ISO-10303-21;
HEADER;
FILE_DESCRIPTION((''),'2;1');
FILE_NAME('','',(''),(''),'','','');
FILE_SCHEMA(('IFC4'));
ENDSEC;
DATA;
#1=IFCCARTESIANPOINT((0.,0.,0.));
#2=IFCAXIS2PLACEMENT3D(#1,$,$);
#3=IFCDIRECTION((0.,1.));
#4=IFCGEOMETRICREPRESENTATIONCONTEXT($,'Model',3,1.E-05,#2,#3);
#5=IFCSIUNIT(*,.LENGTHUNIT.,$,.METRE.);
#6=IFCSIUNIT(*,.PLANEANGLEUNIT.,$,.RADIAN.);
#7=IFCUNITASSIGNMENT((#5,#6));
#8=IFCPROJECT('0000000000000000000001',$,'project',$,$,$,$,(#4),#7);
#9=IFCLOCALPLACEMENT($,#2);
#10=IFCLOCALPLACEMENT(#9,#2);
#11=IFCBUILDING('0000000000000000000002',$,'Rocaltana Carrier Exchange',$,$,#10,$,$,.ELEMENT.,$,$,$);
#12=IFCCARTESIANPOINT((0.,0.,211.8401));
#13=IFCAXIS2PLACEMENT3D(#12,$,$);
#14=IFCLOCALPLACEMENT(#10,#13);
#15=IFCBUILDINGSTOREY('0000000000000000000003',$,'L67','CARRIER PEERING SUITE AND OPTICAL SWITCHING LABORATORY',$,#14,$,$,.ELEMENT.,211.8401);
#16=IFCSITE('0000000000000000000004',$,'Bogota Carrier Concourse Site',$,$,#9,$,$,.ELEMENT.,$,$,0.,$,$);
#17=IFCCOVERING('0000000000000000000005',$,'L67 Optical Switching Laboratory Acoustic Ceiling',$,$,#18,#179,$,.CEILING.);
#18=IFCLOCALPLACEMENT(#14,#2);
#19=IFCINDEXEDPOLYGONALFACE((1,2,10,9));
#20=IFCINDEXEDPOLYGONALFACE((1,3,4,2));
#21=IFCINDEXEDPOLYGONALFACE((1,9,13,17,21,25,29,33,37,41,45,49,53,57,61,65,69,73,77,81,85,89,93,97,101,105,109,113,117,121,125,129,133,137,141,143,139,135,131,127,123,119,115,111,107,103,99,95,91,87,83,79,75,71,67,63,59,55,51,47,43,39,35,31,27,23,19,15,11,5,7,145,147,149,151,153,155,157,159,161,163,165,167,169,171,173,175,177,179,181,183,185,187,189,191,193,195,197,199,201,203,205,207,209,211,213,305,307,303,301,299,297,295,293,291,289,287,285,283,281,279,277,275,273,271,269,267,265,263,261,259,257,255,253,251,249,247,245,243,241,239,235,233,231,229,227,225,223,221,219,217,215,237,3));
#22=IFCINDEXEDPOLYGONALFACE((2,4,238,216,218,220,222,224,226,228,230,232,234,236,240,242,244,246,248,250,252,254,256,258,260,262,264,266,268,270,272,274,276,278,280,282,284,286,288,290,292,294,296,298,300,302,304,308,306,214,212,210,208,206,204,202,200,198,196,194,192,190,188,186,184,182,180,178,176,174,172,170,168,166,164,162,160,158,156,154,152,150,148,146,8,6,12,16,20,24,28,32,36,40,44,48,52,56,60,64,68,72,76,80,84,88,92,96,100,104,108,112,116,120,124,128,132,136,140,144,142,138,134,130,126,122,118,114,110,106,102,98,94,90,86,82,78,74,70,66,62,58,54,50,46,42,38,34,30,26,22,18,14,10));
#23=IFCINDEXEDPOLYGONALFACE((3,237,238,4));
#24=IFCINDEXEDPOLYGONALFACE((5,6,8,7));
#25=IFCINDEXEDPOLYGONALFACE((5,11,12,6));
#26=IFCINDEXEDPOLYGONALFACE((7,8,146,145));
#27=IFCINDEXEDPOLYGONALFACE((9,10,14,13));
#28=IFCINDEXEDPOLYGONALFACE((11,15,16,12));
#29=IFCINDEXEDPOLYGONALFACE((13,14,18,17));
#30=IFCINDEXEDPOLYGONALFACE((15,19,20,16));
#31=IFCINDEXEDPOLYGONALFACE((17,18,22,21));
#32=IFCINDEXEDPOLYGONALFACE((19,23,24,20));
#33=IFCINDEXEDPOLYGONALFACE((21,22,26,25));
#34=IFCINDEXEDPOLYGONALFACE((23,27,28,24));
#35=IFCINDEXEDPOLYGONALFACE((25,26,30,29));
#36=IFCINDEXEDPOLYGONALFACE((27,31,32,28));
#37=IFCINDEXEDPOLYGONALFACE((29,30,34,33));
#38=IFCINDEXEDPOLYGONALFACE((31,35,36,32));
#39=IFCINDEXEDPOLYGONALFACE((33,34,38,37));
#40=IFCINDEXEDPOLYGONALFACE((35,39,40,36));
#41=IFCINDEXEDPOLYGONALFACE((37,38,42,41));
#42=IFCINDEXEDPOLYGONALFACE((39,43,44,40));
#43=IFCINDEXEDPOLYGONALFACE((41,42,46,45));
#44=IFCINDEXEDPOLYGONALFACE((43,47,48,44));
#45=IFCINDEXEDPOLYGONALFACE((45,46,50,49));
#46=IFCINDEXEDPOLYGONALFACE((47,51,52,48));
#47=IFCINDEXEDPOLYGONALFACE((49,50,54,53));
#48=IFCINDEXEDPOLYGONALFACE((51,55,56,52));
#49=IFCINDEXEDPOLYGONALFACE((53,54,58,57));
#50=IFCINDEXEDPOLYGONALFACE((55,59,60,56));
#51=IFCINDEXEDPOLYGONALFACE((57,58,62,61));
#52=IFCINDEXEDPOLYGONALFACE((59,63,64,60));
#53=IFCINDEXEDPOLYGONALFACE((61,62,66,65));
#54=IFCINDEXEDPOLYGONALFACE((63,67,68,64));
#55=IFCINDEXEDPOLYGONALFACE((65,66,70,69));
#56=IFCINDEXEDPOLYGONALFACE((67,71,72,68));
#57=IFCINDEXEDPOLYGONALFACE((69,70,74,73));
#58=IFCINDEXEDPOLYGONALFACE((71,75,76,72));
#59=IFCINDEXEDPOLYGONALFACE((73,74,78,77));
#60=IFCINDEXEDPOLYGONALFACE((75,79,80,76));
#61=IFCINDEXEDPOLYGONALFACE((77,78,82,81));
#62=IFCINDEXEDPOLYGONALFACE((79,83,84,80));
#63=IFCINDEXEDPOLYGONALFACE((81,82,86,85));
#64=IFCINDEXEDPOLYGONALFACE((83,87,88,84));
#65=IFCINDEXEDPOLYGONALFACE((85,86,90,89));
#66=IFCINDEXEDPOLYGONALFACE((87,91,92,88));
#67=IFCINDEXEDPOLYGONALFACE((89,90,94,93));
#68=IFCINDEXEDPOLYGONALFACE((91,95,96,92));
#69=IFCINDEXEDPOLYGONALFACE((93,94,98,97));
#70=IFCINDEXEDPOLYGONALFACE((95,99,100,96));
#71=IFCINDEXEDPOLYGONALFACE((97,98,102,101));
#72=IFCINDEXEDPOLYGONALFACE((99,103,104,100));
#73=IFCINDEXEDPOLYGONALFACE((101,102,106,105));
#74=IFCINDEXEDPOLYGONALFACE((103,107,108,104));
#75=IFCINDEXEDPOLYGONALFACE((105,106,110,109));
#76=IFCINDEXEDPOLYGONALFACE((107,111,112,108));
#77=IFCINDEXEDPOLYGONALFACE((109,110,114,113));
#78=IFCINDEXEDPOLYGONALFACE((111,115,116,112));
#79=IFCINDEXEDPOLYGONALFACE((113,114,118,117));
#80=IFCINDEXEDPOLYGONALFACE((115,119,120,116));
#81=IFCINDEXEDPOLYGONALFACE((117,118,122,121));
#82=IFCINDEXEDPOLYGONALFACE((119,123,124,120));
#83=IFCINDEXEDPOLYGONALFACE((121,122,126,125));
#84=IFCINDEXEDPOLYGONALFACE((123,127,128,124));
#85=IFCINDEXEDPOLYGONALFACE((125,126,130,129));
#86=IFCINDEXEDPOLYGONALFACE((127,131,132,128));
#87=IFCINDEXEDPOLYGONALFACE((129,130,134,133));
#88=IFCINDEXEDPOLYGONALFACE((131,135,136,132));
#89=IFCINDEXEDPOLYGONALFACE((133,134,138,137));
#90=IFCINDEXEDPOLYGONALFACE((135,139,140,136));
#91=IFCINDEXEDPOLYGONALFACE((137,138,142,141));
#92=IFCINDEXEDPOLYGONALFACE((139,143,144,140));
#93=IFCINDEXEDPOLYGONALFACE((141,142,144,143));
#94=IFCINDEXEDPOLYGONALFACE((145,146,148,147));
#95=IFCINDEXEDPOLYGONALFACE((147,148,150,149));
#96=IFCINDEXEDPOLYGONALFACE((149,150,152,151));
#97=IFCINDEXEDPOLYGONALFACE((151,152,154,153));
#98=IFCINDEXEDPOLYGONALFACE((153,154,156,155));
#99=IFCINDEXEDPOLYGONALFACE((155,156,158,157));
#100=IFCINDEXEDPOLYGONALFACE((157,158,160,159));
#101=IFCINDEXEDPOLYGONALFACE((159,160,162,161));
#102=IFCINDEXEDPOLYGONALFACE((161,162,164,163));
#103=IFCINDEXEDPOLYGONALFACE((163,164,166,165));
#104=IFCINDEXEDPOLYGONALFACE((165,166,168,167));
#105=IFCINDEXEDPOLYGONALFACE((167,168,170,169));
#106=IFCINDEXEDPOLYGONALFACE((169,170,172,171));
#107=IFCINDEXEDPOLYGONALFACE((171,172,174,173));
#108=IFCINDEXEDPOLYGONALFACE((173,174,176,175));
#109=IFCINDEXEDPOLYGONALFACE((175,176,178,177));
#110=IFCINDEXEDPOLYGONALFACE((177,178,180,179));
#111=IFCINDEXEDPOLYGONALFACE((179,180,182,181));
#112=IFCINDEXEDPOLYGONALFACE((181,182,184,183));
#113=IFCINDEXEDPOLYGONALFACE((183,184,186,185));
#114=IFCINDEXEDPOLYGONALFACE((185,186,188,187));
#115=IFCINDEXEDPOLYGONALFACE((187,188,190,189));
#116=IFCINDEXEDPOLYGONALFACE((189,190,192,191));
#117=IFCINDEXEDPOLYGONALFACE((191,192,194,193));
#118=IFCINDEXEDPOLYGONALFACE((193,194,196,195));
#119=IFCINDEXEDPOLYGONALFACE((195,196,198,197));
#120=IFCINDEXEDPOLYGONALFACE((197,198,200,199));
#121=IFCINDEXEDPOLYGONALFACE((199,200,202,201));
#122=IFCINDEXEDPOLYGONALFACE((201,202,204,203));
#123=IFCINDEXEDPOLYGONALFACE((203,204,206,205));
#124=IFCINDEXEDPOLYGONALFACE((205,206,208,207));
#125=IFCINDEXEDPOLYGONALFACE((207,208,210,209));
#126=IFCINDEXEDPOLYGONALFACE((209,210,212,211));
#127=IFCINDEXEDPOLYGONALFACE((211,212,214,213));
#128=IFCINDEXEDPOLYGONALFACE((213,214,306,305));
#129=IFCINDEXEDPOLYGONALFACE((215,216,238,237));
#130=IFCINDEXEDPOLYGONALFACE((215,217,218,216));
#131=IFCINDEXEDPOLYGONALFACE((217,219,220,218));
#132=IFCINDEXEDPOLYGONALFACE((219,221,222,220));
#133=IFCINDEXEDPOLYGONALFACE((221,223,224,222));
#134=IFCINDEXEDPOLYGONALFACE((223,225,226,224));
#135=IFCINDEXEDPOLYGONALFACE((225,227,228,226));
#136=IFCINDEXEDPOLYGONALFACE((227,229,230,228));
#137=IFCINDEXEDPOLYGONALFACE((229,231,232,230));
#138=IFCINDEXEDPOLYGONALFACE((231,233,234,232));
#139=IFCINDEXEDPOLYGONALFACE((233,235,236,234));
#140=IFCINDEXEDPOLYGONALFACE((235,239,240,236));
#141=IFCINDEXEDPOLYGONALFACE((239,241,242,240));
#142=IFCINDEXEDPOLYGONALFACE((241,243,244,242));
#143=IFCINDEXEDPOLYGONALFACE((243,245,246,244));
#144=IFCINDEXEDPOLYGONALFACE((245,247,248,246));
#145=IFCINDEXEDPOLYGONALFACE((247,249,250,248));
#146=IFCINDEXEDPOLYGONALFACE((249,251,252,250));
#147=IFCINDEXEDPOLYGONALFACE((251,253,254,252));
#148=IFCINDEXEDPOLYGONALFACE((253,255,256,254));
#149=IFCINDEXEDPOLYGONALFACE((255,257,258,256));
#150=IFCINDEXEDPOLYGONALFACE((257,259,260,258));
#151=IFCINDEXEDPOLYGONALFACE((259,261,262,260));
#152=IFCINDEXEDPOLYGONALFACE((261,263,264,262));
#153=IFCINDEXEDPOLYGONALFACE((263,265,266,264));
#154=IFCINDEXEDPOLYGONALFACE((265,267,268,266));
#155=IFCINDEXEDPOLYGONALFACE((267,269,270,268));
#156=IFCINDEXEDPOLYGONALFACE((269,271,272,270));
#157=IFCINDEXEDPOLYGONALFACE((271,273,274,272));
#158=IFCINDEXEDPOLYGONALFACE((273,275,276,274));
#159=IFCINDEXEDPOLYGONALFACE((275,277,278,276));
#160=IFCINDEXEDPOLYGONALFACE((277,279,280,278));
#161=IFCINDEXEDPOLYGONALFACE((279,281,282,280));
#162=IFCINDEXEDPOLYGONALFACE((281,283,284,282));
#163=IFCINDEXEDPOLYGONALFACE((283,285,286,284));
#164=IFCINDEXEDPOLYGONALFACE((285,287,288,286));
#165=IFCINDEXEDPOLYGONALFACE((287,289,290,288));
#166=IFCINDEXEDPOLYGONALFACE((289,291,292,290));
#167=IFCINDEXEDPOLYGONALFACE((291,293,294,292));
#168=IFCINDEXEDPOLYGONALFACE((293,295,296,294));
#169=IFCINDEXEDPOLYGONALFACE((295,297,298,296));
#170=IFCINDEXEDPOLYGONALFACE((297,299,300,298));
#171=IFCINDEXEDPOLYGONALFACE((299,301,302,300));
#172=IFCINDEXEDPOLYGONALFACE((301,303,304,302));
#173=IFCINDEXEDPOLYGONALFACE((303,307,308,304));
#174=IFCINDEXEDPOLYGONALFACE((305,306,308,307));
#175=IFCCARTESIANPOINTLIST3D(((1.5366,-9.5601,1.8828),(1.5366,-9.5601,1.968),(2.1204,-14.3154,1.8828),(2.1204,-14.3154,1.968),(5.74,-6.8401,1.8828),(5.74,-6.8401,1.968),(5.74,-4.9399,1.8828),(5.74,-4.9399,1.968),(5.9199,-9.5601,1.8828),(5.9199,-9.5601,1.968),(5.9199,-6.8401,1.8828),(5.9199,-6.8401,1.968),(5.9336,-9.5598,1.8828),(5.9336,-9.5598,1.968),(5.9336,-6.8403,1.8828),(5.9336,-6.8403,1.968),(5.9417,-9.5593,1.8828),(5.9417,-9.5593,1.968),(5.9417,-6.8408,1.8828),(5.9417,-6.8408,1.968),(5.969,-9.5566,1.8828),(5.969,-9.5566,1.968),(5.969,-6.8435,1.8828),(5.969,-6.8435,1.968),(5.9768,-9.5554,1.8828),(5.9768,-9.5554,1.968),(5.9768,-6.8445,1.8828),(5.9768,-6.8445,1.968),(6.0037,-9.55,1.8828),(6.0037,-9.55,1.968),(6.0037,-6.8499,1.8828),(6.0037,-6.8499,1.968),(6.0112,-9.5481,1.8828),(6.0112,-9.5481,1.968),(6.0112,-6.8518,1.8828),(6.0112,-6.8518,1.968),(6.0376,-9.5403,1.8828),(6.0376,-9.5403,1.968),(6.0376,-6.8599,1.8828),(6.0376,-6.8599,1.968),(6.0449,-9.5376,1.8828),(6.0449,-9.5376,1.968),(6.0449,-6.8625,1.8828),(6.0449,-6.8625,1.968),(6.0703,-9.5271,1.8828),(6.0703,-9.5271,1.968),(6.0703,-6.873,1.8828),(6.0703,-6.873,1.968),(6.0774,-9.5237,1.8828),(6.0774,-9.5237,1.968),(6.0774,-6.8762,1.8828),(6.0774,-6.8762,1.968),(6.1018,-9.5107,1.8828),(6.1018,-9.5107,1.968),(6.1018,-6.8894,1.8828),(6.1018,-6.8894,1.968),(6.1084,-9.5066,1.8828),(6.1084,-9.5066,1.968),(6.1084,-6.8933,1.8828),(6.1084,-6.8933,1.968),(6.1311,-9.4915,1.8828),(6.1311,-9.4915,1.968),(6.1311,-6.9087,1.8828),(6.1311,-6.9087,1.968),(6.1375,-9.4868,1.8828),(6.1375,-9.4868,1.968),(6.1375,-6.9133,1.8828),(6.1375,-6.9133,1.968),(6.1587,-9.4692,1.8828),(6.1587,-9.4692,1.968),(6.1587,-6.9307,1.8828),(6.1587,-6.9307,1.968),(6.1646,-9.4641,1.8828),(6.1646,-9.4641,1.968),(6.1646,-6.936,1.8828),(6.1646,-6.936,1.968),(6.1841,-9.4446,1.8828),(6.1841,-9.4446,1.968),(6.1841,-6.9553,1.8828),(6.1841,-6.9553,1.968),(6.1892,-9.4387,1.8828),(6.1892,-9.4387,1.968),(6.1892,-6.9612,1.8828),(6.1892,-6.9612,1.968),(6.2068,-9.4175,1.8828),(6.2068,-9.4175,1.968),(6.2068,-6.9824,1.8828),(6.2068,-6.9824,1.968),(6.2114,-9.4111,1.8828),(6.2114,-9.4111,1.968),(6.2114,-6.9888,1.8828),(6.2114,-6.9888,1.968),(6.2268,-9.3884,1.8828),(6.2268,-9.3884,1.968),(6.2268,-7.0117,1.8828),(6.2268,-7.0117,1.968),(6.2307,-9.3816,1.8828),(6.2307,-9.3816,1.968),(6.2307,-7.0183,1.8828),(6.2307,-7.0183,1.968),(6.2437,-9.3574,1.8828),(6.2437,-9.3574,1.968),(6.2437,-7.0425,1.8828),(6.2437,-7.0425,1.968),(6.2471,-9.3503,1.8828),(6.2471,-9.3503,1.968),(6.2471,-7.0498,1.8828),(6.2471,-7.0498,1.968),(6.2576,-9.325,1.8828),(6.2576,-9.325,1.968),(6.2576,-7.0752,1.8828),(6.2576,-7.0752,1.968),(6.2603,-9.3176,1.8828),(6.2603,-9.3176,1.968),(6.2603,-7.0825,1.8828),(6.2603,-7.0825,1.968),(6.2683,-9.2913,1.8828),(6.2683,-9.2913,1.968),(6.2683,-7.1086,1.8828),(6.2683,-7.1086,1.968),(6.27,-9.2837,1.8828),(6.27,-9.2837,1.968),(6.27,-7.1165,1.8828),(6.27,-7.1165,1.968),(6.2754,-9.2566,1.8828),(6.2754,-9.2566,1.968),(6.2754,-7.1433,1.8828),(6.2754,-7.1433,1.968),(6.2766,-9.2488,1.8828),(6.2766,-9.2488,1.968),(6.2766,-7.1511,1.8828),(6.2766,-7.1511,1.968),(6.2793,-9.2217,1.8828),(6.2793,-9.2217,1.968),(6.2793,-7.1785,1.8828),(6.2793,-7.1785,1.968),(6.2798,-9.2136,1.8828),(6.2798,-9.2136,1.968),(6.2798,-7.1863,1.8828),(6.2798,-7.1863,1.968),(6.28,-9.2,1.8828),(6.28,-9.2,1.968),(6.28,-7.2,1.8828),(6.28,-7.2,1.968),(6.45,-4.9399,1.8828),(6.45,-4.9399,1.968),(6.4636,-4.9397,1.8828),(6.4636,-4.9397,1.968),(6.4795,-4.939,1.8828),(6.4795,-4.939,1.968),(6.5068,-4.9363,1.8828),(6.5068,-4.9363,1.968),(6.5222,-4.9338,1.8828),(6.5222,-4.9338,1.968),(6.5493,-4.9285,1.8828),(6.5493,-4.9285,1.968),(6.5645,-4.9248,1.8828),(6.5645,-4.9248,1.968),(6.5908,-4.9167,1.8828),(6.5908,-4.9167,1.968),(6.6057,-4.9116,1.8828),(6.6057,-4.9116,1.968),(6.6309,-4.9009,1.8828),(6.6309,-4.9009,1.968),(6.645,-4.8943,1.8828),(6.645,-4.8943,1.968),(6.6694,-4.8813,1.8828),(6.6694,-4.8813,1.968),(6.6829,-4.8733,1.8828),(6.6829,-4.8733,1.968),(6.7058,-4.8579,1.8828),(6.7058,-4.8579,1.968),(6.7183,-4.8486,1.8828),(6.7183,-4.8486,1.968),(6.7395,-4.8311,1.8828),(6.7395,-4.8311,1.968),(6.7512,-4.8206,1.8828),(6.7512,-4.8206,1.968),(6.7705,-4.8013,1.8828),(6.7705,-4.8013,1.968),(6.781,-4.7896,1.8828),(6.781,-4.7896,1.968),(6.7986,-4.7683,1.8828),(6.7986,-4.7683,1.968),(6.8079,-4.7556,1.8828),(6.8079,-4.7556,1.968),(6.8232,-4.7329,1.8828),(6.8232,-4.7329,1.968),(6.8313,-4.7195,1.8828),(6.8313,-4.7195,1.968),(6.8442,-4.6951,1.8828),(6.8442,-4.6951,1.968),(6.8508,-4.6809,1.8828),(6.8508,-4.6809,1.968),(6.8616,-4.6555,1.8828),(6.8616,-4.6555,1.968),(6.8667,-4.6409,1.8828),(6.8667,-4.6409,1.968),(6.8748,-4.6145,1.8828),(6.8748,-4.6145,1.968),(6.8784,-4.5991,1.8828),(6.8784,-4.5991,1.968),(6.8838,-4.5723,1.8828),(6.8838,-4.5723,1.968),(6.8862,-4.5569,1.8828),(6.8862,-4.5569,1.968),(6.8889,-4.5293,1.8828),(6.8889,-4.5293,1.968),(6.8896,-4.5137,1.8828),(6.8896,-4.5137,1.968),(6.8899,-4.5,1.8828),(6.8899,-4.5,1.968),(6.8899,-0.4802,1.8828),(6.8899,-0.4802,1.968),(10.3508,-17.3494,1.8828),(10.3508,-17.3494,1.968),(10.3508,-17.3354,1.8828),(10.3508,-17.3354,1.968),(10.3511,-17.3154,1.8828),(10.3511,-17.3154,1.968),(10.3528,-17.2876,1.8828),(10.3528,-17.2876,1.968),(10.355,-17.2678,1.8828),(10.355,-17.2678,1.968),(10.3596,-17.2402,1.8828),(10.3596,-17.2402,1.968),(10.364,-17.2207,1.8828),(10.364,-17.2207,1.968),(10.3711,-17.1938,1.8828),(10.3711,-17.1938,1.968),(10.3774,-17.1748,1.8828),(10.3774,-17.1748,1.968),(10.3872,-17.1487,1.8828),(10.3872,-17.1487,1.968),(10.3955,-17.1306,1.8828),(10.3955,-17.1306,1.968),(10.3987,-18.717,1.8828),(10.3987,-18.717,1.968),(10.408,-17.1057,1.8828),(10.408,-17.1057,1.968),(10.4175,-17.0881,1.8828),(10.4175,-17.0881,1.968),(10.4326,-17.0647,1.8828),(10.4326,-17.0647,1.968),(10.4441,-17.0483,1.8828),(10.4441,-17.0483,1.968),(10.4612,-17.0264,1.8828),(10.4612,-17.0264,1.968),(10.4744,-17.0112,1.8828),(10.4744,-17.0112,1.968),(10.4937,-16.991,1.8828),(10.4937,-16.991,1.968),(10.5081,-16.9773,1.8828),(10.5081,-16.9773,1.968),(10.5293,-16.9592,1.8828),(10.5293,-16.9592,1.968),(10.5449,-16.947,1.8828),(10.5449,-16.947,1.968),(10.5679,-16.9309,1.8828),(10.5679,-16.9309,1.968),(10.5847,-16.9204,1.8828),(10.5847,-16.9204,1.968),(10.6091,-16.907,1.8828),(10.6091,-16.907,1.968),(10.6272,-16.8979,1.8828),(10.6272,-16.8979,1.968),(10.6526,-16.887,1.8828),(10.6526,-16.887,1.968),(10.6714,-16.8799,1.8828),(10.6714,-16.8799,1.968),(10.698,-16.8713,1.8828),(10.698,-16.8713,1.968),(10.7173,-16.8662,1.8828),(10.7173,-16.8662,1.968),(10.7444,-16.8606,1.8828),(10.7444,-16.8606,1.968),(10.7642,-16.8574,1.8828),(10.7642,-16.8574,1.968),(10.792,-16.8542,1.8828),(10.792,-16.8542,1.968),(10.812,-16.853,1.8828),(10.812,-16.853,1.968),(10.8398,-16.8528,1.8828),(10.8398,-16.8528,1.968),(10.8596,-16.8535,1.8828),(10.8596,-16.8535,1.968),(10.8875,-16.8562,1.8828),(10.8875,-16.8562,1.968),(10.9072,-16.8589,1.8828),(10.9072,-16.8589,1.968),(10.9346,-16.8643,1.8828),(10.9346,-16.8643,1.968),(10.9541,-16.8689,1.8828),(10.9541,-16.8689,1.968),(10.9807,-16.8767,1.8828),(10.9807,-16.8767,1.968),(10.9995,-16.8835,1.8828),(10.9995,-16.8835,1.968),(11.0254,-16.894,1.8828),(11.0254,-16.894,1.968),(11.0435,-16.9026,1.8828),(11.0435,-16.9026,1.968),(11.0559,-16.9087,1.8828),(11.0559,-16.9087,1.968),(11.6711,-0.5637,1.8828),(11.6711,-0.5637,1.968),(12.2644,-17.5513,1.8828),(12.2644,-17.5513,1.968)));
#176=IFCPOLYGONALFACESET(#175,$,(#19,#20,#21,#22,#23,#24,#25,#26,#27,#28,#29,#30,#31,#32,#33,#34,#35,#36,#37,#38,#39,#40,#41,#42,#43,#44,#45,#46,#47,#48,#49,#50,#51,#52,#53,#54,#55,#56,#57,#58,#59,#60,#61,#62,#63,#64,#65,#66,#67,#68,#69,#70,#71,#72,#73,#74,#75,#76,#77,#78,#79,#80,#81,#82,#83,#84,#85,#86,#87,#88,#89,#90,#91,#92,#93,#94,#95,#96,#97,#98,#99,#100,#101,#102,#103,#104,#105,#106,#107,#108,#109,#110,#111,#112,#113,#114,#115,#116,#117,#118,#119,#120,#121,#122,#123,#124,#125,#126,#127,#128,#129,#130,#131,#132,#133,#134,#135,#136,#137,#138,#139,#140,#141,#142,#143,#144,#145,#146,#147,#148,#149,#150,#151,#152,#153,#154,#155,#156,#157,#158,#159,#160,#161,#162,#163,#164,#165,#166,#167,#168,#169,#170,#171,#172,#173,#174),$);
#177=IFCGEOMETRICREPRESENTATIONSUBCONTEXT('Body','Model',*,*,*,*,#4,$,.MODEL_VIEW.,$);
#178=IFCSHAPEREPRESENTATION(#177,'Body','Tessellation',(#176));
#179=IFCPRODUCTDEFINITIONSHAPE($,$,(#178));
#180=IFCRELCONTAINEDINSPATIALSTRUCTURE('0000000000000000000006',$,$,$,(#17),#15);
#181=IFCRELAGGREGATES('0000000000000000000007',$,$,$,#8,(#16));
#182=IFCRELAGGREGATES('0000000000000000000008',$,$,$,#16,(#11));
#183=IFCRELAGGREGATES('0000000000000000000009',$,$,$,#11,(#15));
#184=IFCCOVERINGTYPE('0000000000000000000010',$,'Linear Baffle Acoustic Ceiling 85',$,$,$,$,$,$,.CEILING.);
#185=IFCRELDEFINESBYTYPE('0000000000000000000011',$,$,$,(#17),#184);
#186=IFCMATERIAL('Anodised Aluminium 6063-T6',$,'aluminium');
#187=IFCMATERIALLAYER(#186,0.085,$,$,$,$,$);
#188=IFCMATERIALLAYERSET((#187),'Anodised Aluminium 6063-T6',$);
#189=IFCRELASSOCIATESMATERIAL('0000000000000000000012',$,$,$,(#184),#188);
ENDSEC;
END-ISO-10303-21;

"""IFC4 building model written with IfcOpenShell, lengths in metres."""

from ifc_helpers import new_model, si_unit, direction, frame, origin, place, context, subcontext, project, spatial, polyline, outline, extrude, material, layer, layer_set, type_object, element, save


model = new_model("IFC4")

# Units and contexts
model_context = context("Model", 3, precision=1e-05, world=origin(), true_north=direction((0.0, 1.0)))
body_context = subcontext(model_context, "Body", "Model", "MODEL_VIEW")
ifc_project = project(units=[si_unit("LENGTHUNIT", "METRE"), si_unit("PLANEANGLEUNIT", "RADIAN")], contexts=[model_context])

# Site, building, storey
site_placement = place(None, origin())
site = spatial("IfcSite", under=ifc_project, at=site_placement, Name="Bogota Carrier Concourse Site", CompositionType="ELEMENT", RefElevation=0.0)
building_placement = place(site_placement, origin())
building = spatial("IfcBuilding", under=site, at=building_placement, Name="Rocaltana Carrier Exchange", CompositionType="ELEMENT")
storey_placement = place(building_placement, frame((0.0, 0.0, 211.8401)))
storey = spatial("IfcBuildingStorey", under=building, at=storey_placement, Name="L67", Description="CARRIER PEERING SUITE AND OPTICAL SWITCHING LABORATORY", CompositionType="ELEMENT", Elevation=211.8401)

# Covering
ifc_material_1 = material(Name="Anodised Aluminium 6063-T6", Category="aluminium")
ifc_layer_1 = layer(ifc_material_1, 0.085)
ifc_layer_set_1 = layer_set([ifc_layer_1], Name="Anodised Aluminium 6063-T6")
covering_type_1 = type_object("IfcCoveringType", Name="Linear Baffle Acoustic Ceiling 85", PredefinedType="CEILING", material=ifc_layer_set_1)
covering_1_placement = place(storey_placement, frame((0.0, 0.0, 1.8828)))
element("IfcCovering", 1, at=covering_1_placement, inside=storey, type_object=covering_type_1, Name="L67 Optical Switching Laboratory Acoustic Ceiling", PredefinedType="CEILING", context=body_context, shape_type="SweptSolid", body=[
    extrude(outline(polyline([(5.74, -6.8401), (5.74, -4.9399), (6.45, -4.9399), (6.4636, -4.9397), (6.4795, -4.939), (6.5068, -4.9363), (6.5222, -4.9338), (6.5493, -4.9285), (6.5645, -4.9248), (6.5908, -4.9167), (6.6057, -4.9116), (6.6309, -4.9009), (6.645, -4.8943), (6.6694, -4.8813), (6.6829, -4.8733), (6.7058, -4.8579), (6.7183, -4.8486), (6.7395, -4.8311), (6.7512, -4.8206), (6.7705, -4.8013), (6.781, -4.7896), (6.7986, -4.7683), (6.8079, -4.7556), (6.8232, -4.7329), (6.8313, -4.7195), (6.8442, -4.6951), (6.8508, -4.6809), (6.8616, -4.6555), (6.8667, -4.6409), (6.8748, -4.6145), (6.8784, -4.5991), (6.8838, -4.5723), (6.8862, -4.5569), (6.8889, -4.5293), (6.8896, -4.5137), (6.8899, -4.5), (6.8899, -0.4802), (11.6711, -0.5637), (12.2644, -17.5513), (11.0559, -16.9087), (11.0435, -16.9026), (11.0254, -16.894), (10.9995, -16.8835), (10.9807, -16.8767), (10.9541, -16.8689), (10.9346, -16.8643), (10.9072, -16.8589), (10.8875, -16.8562), (10.8596, -16.8535), (10.8398, -16.8528), (10.812, -16.853), (10.792, -16.8542), (10.7642, -16.8574), (10.7444, -16.8606), (10.7173, -16.8662), (10.698, -16.8713), (10.6714, -16.8799), (10.6526, -16.887), (10.6272, -16.8979), (10.6091, -16.907), (10.5847, -16.9204), (10.5679, -16.9309), (10.5449, -16.947), (10.5293, -16.9592), (10.5081, -16.9773), (10.4937, -16.991), (10.4744, -17.0112), (10.4612, -17.0264), (10.4441, -17.0483), (10.4326, -17.0647), (10.4175, -17.0881), (10.408, -17.1057), (10.3955, -17.1306), (10.3872, -17.1487), (10.3774, -17.1748), (10.3711, -17.1938), (10.364, -17.2207), (10.3596, -17.2402), (10.355, -17.2678), (10.3528, -17.2876), (10.3511, -17.3154), (10.3508, -17.3354), (10.3508, -17.3494), (10.3987, -18.717), (2.1204, -14.3154), (1.5366, -9.5601), (5.9199, -9.5601), (5.9336, -9.5598), (5.9417, -9.5593), (5.969, -9.5566), (5.9768, -9.5554), (6.0037, -9.55), (6.0112, -9.5481), (6.0376, -9.5403), (6.0449, -9.5376), (6.0703, -9.5271), (6.0774, -9.5237), (6.1018, -9.5107), (6.1084, -9.5066), (6.1311, -9.4915), (6.1375, -9.4868), (6.1587, -9.4692), (6.1646, -9.4641), (6.1841, -9.4446), (6.1892, -9.4387), (6.2068, -9.4175), (6.2114, -9.4111), (6.2268, -9.3884), (6.2307, -9.3816), (6.2437, -9.3574), (6.2471, -9.3503), (6.2576, -9.325), (6.2603, -9.3176), (6.2683, -9.2913), (6.27, -9.2837), (6.2754, -9.2566), (6.2766, -9.2488), (6.2793, -9.2217), (6.2798, -9.2136), (6.28, -9.2), (6.28, -7.2), (6.2798, -7.1863), (6.2793, -7.1785), (6.2766, -7.1511), (6.2754, -7.1433), (6.27, -7.1165), (6.2683, -7.1086), (6.2603, -7.0825), (6.2576, -7.0752), (6.2471, -7.0498), (6.2437, -7.0425), (6.2307, -7.0183), (6.2268, -7.0117), (6.2114, -6.9888), (6.2068, -6.9824), (6.1892, -6.9612), (6.1841, -6.9553), (6.1646, -6.936), (6.1587, -6.9307), (6.1375, -6.9133), (6.1311, -6.9087), (6.1084, -6.8933), (6.1018, -6.8894), (6.0774, -6.8762), (6.0703, -6.873), (6.0449, -6.8625), (6.0376, -6.8599), (6.0112, -6.8518), (6.0037, -6.8499), (5.9768, -6.8445), (5.969, -6.8435), (5.9417, -6.8408), (5.9336, -6.8403), (5.9199, -6.8401), (5.74, -6.8401)])), origin(), (0.0, 0.0, 1.0), 0.0852),
])

save(model, "model.ifc")
